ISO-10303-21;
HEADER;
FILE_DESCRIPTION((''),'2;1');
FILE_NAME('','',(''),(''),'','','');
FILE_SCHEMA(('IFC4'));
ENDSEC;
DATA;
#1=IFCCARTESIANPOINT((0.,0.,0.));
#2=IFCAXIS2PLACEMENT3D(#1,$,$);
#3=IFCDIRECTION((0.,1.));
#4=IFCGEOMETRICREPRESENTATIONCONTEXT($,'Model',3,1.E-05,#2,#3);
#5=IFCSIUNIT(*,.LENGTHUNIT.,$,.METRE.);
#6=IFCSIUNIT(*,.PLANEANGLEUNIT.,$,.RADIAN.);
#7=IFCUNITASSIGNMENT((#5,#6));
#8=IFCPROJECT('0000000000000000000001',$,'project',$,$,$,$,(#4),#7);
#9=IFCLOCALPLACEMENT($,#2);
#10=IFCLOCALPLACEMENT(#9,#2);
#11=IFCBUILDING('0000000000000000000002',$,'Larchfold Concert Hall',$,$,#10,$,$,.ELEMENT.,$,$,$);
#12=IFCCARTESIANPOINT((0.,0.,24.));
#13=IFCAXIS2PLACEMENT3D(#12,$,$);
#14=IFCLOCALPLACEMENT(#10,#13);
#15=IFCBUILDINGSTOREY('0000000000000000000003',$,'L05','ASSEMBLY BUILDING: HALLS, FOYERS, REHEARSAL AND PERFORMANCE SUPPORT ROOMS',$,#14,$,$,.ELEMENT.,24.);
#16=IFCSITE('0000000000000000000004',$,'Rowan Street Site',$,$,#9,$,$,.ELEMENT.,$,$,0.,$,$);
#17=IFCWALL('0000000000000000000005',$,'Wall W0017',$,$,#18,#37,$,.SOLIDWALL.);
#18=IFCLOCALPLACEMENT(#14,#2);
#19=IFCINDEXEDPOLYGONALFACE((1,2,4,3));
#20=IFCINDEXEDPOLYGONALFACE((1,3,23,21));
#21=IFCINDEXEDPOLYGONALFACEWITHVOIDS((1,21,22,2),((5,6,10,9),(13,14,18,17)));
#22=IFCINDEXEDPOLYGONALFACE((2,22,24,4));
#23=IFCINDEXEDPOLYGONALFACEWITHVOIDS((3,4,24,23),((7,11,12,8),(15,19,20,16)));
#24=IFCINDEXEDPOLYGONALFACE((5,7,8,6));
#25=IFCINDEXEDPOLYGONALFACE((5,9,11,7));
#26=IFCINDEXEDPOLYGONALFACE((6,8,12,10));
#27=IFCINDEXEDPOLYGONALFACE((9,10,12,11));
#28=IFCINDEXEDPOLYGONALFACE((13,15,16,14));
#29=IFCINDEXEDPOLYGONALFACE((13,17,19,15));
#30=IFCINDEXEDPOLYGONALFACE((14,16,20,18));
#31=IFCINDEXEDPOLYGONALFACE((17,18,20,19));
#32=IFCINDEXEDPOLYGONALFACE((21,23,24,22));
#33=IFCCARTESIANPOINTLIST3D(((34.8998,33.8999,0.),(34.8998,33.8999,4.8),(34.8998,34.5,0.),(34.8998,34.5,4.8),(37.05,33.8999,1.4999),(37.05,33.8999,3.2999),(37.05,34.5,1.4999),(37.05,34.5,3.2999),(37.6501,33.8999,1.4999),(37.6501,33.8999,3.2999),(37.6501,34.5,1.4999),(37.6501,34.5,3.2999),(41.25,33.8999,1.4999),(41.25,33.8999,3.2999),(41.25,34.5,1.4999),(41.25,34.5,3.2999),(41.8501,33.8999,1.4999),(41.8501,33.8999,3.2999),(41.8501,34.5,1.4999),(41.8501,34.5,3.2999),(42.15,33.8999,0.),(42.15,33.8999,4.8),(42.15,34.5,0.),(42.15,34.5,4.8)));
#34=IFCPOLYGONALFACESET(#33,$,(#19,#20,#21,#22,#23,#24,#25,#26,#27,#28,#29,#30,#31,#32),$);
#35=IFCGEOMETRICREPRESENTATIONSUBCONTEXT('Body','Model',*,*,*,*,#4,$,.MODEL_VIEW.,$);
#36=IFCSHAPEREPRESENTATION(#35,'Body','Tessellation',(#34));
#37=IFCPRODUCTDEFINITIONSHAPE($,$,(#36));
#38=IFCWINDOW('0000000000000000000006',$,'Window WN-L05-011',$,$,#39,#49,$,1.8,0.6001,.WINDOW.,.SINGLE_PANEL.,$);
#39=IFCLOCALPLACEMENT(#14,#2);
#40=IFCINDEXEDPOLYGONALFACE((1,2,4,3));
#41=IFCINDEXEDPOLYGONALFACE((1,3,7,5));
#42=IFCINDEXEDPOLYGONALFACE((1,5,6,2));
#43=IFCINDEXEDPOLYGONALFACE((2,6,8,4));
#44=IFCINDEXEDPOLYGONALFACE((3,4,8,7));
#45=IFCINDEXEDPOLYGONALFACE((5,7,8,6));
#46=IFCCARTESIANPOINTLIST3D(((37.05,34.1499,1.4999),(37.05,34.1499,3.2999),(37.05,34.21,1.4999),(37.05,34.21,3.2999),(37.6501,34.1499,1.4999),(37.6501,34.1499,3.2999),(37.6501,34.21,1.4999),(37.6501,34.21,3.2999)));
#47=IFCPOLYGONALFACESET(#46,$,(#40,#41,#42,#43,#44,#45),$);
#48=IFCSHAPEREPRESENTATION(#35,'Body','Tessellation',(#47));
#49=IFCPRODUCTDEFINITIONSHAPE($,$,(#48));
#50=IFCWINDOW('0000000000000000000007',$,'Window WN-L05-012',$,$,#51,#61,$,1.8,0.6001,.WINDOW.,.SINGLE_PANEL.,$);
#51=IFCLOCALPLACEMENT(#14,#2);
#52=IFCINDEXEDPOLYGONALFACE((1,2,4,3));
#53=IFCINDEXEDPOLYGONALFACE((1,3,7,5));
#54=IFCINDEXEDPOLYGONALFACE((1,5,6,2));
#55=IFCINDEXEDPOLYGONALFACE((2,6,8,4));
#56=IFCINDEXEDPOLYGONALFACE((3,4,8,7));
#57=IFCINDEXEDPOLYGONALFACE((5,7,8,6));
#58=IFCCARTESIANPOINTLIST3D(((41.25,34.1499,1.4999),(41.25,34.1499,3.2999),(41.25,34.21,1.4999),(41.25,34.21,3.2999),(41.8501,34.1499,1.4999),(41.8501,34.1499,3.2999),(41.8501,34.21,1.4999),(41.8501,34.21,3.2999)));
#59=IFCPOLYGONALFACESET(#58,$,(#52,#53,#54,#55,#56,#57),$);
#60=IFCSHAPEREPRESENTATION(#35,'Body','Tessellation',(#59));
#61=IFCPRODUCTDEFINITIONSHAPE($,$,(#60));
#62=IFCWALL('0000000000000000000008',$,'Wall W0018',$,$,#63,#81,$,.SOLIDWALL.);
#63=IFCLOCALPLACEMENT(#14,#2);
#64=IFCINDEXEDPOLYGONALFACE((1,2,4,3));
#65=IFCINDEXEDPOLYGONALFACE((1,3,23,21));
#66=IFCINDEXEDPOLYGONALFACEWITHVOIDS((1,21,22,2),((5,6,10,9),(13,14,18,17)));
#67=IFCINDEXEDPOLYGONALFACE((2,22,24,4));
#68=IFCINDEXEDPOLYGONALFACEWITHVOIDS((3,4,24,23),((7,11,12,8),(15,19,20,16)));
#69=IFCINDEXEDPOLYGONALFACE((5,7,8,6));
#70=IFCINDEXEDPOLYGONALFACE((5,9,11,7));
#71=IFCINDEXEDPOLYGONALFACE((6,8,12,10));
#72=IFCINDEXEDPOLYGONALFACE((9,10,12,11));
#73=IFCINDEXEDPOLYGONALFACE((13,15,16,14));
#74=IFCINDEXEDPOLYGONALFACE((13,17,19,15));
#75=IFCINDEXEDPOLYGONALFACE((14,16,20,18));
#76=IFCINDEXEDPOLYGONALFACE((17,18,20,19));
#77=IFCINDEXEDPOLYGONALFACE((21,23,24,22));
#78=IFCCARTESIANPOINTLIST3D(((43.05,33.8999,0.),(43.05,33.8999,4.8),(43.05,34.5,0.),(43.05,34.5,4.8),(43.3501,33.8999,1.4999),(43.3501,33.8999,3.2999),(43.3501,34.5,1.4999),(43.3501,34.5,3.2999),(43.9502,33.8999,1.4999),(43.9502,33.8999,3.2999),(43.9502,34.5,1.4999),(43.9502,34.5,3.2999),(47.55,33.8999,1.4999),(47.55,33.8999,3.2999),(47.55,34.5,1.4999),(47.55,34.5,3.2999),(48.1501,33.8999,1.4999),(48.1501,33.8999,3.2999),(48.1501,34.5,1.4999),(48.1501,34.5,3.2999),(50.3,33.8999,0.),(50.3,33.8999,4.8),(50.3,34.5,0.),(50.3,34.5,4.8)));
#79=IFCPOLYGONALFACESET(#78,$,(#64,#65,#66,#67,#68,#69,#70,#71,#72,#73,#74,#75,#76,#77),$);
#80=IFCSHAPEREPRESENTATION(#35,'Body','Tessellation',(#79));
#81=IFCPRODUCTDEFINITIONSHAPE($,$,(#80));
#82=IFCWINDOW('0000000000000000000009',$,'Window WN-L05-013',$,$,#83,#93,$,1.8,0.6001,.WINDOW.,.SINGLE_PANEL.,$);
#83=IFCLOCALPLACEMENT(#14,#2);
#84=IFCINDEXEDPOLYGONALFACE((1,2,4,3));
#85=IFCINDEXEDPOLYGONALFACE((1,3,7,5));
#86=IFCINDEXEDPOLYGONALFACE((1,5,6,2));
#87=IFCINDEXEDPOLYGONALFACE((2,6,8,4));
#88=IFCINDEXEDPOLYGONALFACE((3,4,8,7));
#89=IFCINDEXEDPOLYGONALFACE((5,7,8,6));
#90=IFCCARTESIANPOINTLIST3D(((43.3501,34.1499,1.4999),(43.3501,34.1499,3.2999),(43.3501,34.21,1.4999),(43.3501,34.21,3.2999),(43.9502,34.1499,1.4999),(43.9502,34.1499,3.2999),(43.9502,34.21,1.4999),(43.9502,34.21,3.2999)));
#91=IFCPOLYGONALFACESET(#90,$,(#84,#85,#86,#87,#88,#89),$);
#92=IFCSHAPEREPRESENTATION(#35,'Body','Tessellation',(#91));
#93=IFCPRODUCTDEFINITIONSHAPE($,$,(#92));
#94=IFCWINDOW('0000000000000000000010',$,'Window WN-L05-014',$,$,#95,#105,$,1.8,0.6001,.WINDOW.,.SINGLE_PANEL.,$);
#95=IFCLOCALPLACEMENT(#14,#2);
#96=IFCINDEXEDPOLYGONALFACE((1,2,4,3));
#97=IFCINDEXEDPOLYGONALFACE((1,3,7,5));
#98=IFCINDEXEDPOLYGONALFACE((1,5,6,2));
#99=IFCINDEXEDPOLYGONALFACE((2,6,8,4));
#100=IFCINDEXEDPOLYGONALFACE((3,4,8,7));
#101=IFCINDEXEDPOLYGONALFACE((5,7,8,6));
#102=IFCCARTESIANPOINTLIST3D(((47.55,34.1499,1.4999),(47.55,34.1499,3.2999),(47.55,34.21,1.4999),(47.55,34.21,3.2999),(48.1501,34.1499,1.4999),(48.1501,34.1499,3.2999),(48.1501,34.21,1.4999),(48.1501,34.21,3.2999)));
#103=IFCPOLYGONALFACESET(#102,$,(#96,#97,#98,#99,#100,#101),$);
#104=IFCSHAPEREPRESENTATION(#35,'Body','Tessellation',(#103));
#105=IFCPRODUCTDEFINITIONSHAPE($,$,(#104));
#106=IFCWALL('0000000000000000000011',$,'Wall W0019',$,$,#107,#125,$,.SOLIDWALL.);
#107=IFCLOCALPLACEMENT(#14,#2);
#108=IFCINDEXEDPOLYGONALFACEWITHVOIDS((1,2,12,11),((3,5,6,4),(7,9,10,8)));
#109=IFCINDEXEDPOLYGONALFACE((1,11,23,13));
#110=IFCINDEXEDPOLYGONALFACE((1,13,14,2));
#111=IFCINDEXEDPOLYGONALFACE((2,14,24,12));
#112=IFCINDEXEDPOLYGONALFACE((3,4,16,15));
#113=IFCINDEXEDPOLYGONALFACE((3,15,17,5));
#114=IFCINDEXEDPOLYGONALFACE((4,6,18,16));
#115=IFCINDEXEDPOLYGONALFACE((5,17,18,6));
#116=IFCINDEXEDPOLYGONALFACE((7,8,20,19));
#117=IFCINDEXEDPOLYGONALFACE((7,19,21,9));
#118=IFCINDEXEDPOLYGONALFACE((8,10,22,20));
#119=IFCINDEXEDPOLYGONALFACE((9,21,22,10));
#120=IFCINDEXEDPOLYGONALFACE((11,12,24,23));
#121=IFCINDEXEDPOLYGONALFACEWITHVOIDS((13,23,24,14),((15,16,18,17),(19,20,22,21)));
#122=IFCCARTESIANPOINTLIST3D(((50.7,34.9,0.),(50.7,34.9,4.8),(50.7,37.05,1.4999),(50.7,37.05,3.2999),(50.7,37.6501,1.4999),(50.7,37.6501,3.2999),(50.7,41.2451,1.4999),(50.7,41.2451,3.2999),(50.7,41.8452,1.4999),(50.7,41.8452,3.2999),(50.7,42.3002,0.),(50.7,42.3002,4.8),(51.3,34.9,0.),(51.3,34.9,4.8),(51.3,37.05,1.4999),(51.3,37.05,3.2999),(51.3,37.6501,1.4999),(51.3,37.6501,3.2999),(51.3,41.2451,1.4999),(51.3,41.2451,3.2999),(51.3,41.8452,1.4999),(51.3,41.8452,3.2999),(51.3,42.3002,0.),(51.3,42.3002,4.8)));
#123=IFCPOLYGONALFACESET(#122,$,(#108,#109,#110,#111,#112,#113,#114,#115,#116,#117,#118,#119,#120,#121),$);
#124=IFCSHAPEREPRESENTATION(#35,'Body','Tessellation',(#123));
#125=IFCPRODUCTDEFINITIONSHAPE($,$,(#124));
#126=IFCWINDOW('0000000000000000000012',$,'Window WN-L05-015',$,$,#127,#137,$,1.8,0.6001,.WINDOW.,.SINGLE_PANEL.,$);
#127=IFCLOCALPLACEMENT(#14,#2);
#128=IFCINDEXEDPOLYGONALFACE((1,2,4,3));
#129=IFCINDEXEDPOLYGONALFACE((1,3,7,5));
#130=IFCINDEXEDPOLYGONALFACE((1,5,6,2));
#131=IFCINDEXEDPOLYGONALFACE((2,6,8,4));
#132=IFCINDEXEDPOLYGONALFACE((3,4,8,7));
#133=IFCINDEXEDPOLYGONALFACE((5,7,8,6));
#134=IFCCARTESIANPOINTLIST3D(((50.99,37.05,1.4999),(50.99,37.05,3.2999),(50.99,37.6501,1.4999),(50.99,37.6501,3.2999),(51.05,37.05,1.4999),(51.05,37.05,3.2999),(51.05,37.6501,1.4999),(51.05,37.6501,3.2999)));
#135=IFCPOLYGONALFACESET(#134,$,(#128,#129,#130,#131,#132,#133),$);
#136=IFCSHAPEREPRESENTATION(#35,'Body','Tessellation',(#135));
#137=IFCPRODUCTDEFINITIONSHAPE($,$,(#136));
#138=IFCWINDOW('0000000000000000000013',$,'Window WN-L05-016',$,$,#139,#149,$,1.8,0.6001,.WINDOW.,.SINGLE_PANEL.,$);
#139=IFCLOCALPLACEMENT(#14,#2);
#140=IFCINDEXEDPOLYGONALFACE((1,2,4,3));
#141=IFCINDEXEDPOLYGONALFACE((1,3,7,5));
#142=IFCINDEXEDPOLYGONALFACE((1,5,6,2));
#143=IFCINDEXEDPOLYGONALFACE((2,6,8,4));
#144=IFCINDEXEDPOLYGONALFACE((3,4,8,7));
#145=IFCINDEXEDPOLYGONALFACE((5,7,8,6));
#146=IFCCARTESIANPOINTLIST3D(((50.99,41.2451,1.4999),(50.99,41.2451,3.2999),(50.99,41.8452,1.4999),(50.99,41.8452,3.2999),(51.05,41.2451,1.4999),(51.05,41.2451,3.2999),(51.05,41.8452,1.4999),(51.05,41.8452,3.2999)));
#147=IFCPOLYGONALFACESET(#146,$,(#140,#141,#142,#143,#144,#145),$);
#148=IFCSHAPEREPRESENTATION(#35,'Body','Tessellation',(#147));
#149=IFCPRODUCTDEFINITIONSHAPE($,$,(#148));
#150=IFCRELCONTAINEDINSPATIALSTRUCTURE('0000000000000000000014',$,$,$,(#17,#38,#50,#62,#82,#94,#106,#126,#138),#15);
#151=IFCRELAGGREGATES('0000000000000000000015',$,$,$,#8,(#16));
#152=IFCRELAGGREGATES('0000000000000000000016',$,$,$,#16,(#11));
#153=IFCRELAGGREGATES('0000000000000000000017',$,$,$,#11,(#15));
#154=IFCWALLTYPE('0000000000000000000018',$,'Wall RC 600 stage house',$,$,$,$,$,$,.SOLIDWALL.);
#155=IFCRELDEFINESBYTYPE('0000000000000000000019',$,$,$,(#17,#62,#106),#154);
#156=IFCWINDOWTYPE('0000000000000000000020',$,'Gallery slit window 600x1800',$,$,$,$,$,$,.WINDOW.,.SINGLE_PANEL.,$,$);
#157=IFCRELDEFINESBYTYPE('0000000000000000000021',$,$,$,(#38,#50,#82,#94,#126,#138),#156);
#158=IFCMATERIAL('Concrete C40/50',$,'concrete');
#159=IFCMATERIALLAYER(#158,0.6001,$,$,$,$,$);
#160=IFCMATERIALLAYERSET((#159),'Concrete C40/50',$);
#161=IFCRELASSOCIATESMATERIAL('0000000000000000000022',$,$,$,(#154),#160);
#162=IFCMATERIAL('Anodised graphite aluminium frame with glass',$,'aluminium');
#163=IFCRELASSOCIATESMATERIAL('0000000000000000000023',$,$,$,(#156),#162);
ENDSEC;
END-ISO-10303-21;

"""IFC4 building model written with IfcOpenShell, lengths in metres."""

from ifc_helpers import new_model, si_unit, direction, frame, frame_2d, origin, place, context, subcontext, project, spatial, rectangle, extrude, material, layer, layer_set, type_object, element, fill, save


model = new_model("IFC4")

# Units and contexts
model_context = context("Model", 3, precision=1e-05, world=origin(), true_north=direction((0.0, 1.0)))
body_context = subcontext(model_context, "Body", "Model", "MODEL_VIEW")
ifc_project = project(units=[si_unit("LENGTHUNIT", "METRE"), si_unit("PLANEANGLEUNIT", "RADIAN")], contexts=[model_context])

# Site, building, storey
site_placement = place(None, origin())
site = spatial("IfcSite", under=ifc_project, at=site_placement, Name="Rowan Street Site", CompositionType="ELEMENT", RefElevation=0.0)
building_placement = place(site_placement, origin())
building = spatial("IfcBuilding", under=site, at=building_placement, Name="Larchfold Concert Hall", CompositionType="ELEMENT")
storey_placement = place(building_placement, frame((0.0, 0.0, 24.0)))
storey = spatial("IfcBuildingStorey", under=building, at=storey_placement, Name="L05", Description="ASSEMBLY BUILDING: HALLS, FOYERS, REHEARSAL AND PERFORMANCE SUPPORT ROOMS", CompositionType="ELEMENT", Elevation=24.0)

# Walls, openings, windows
ifc_material_1 = material(Name="Concrete C40/50", Category="concrete")
ifc_layer_1 = layer(ifc_material_1, 0.6001)
ifc_layer_set_1 = layer_set([ifc_layer_1], Name="Concrete C40/50")
wall_type_1 = type_object("IfcWallType", Name="Wall RC 600 stage house", PredefinedType="SOLIDWALL", material=ifc_layer_set_1)
wall_1_placement = place(storey_placement, frame((34.8999, 34.2, 0.0), z_axis=(0.0, 0.0, 1.0), x_axis=(1.0, 0.0, 0.0)))
wall_1 = element("IfcWall", 1, at=wall_1_placement, inside=storey, type_object=wall_type_1, Name="Wall W0017", PredefinedType="SOLIDWALL", context=body_context, shape_type="SweptSolid", body=[
    extrude(rectangle(XDim=7.2502, YDim=0.6001, at=frame_2d((3.625, 0.0))), origin(), (0.0, 0.0, 1.0), 4.8),
])
opening_1_placement = place(wall_1_placement, frame((2.1501, 0.0, 1.5)))
opening_1 = element("IfcOpeningElement", 2, at=opening_1_placement, cuts=wall_1, PredefinedType="OPENING", context=body_context, shape_type="SweptSolid", body=[
    extrude(rectangle(XDim=0.6001, YDim=1.8, at=frame_2d((0.3, 0.8999))), frame((0.0, 0.3101, 0.0), z_axis=(0.0, -1.0, 0.0), x_axis=(1.0, 0.0, 0.0)), (0.0, 0.0, 1.0), 0.6201),
])
opening_2_placement = place(wall_1_placement, frame((6.3501, 0.0, 1.5)))
opening_2 = element("IfcOpeningElement", 3, at=opening_2_placement, cuts=wall_1, PredefinedType="OPENING", context=body_context, shape_type="SweptSolid", body=[
    extrude(rectangle(XDim=0.6001, YDim=1.8, at=frame_2d((0.3, 0.8999))), frame((0.0, 0.3101, 0.0), z_axis=(0.0, -1.0, 0.0), x_axis=(1.0, 0.0, 0.0)), (0.0, 0.0, 1.0), 0.6201),
])
ifc_material_2 = material(Name="Anodised graphite aluminium frame with glass", Category="aluminium")
window_type = type_object("IfcWindowType", Name="Gallery slit window 600x1800", PartitioningType="SINGLE_PANEL", PredefinedType="WINDOW", material=ifc_material_2)
window_1_placement = place(opening_1_placement, origin())
window_1 = element("IfcWindow", 4, at=window_1_placement, inside=storey, type_object=window_type, Name="Window WN-L05-011", OverallHeight=1.8, OverallWidth=0.6001, PartitioningType="SINGLE_PANEL", PredefinedType="WINDOW", context=body_context, shape_type="SweptSolid", body=[
    extrude(rectangle(XDim=0.6001, YDim=1.8, at=frame_2d((0.3, 0.8999))), frame((0.0, 0.01, 0.0), z_axis=(0.0, -1.0, 0.0), x_axis=(1.0, 0.0, 0.0)), (0.0, 0.0, 1.0), 0.0601),
])
fill(opening_1, window_1)
window_2_placement = place(opening_2_placement, origin())
window_2 = element("IfcWindow", 5, at=window_2_placement, inside=storey, type_object=window_type, Name="Window WN-L05-012", OverallHeight=1.8, OverallWidth=0.6001, PartitioningType="SINGLE_PANEL", PredefinedType="WINDOW", context=body_context, shape_type="SweptSolid", body=[
    extrude(rectangle(XDim=0.6001, YDim=1.8, at=frame_2d((0.3, 0.8999))), frame((0.0, 0.01, 0.0), z_axis=(0.0, -1.0, 0.0), x_axis=(1.0, 0.0, 0.0)), (0.0, 0.0, 1.0), 0.0601),
])
fill(opening_2, window_2)
wall_2_placement = place(storey_placement, frame((43.05, 34.2, 0.0), z_axis=(0.0, 0.0, 1.0), x_axis=(1.0, 0.0, 0.0)))
wall_2 = element("IfcWall", 6, at=wall_2_placement, inside=storey, type_object=wall_type_1, Name="Wall W0018", PredefinedType="SOLIDWALL", context=body_context, shape_type="SweptSolid", body=[
    extrude(rectangle(XDim=7.25, YDim=0.6001, at=frame_2d((3.625, 0.0))), origin(), (0.0, 0.0, 1.0), 4.8),
])
opening_3_placement = place(wall_2_placement, frame((0.3, 0.0, 1.5)))
opening_3 = element("IfcOpeningElement", 7, at=opening_3_placement, cuts=wall_2, PredefinedType="OPENING", context=body_context, shape_type="SweptSolid", body=[
    extrude(rectangle(XDim=0.6001, YDim=1.8, at=frame_2d((0.3, 0.8999))), frame((0.0, 0.3101, 0.0), z_axis=(0.0, -1.0, 0.0), x_axis=(1.0, 0.0, 0.0)), (0.0, 0.0, 1.0), 0.6201),
])
opening_4_placement = place(wall_2_placement, frame((4.5, 0.0, 1.5)))
opening_4 = element("IfcOpeningElement", 8, at=opening_4_placement, cuts=wall_2, PredefinedType="OPENING", context=body_context, shape_type="SweptSolid", body=[
    extrude(rectangle(XDim=0.6001, YDim=1.8, at=frame_2d((0.3, 0.8999))), frame((0.0, 0.3101, 0.0), z_axis=(0.0, -1.0, 0.0), x_axis=(1.0, 0.0, 0.0)), (0.0, 0.0, 1.0), 0.6201),
])
window_3_placement = place(opening_3_placement, origin())
window_3 = element("IfcWindow", 9, at=window_3_placement, inside=storey, type_object=window_type, Name="Window WN-L05-013", OverallHeight=1.8, OverallWidth=0.6001, PartitioningType="SINGLE_PANEL", PredefinedType="WINDOW", context=body_context, shape_type="SweptSolid", body=[
    extrude(rectangle(XDim=0.6001, YDim=1.8, at=frame_2d((0.3, 0.8999))), frame((0.0, 0.01, 0.0), z_axis=(0.0, -1.0, 0.0), x_axis=(1.0, 0.0, 0.0)), (0.0, 0.0, 1.0), 0.0601),
])
fill(opening_3, window_3)
window_4_placement = place(opening_4_placement, origin())
window_4 = element("IfcWindow", 10, at=window_4_placement, inside=storey, type_object=window_type, Name="Window WN-L05-014", OverallHeight=1.8, OverallWidth=0.6001, PartitioningType="SINGLE_PANEL", PredefinedType="WINDOW", context=body_context, shape_type="SweptSolid", body=[
    extrude(rectangle(XDim=0.6001, YDim=1.8, at=frame_2d((0.3, 0.8999))), frame((0.0, 0.01, 0.0), z_axis=(0.0, -1.0, 0.0), x_axis=(1.0, 0.0, 0.0)), (0.0, 0.0, 1.0), 0.0601),
])
fill(opening_4, window_4)
wall_3_placement = place(storey_placement, frame((51.0, 34.8999, 0.0), z_axis=(0.0, 0.0, 1.0), x_axis=(0.0, 1.0, 0.0)))
wall_3 = element("IfcWall", 11, at=wall_3_placement, inside=storey, type_object=wall_type_1, Name="Wall W0019", PredefinedType="SOLIDWALL", context=body_context, shape_type="SweptSolid", body=[
    extrude(rectangle(XDim=7.4001, YDim=0.6001, at=frame_2d((3.7002, 0.0))), origin(), (0.0, 0.0, 1.0), 4.8),
])
opening_5_placement = place(wall_3_placement, frame((2.1501, 0.0, 1.5)))
opening_5 = element("IfcOpeningElement", 12, at=opening_5_placement, cuts=wall_3, PredefinedType="OPENING", context=body_context, shape_type="SweptSolid", body=[
    extrude(rectangle(XDim=0.6001, YDim=1.8, at=frame_2d((0.3, 0.8999))), frame((0.0, 0.3101, 0.0), z_axis=(0.0, -1.0, 0.0), x_axis=(1.0, 0.0, 0.0)), (0.0, 0.0, 1.0), 0.6201),
])
opening_6_placement = place(wall_3_placement, frame((6.3452, 0.0, 1.5)))
opening_6 = element("IfcOpeningElement", 13, at=opening_6_placement, cuts=wall_3, PredefinedType="OPENING", context=body_context, shape_type="SweptSolid", body=[
    extrude(rectangle(XDim=0.6001, YDim=1.8, at=frame_2d((0.3, 0.8999))), frame((0.0, 0.3101, 0.0), z_axis=(0.0, -1.0, 0.0), x_axis=(1.0, 0.0, 0.0)), (0.0, 0.0, 1.0), 0.6201),
])
window_5_placement = place(opening_5_placement, origin())
window_5 = element("IfcWindow", 14, at=window_5_placement, inside=storey, type_object=window_type, Name="Window WN-L05-015", OverallHeight=1.8, OverallWidth=0.6001, PartitioningType="SINGLE_PANEL", PredefinedType="WINDOW", context=body_context, shape_type="SweptSolid", body=[
    extrude(rectangle(XDim=0.6001, YDim=1.8, at=frame_2d((0.3, 0.8999))), frame((0.0, 0.01, 0.0), z_axis=(0.0, -1.0, 0.0), x_axis=(1.0, 0.0, 0.0)), (0.0, 0.0, 1.0), 0.0601),
])
fill(opening_5, window_5)
window_6_placement = place(opening_6_placement, origin())
window_6 = element("IfcWindow", 15, at=window_6_placement, inside=storey, type_object=window_type, Name="Window WN-L05-016", OverallHeight=1.8, OverallWidth=0.6001, PartitioningType="SINGLE_PANEL", PredefinedType="WINDOW", context=body_context, shape_type="SweptSolid", body=[
    extrude(rectangle(XDim=0.6001, YDim=1.8, at=frame_2d((0.3, 0.8999))), frame((0.0, 0.01, 0.0), z_axis=(0.0, -1.0, 0.0), x_axis=(1.0, 0.0, 0.0)), (0.0, 0.0, 1.0), 0.0601),
])
fill(opening_6, window_6)

save(model, "model.ifc")
